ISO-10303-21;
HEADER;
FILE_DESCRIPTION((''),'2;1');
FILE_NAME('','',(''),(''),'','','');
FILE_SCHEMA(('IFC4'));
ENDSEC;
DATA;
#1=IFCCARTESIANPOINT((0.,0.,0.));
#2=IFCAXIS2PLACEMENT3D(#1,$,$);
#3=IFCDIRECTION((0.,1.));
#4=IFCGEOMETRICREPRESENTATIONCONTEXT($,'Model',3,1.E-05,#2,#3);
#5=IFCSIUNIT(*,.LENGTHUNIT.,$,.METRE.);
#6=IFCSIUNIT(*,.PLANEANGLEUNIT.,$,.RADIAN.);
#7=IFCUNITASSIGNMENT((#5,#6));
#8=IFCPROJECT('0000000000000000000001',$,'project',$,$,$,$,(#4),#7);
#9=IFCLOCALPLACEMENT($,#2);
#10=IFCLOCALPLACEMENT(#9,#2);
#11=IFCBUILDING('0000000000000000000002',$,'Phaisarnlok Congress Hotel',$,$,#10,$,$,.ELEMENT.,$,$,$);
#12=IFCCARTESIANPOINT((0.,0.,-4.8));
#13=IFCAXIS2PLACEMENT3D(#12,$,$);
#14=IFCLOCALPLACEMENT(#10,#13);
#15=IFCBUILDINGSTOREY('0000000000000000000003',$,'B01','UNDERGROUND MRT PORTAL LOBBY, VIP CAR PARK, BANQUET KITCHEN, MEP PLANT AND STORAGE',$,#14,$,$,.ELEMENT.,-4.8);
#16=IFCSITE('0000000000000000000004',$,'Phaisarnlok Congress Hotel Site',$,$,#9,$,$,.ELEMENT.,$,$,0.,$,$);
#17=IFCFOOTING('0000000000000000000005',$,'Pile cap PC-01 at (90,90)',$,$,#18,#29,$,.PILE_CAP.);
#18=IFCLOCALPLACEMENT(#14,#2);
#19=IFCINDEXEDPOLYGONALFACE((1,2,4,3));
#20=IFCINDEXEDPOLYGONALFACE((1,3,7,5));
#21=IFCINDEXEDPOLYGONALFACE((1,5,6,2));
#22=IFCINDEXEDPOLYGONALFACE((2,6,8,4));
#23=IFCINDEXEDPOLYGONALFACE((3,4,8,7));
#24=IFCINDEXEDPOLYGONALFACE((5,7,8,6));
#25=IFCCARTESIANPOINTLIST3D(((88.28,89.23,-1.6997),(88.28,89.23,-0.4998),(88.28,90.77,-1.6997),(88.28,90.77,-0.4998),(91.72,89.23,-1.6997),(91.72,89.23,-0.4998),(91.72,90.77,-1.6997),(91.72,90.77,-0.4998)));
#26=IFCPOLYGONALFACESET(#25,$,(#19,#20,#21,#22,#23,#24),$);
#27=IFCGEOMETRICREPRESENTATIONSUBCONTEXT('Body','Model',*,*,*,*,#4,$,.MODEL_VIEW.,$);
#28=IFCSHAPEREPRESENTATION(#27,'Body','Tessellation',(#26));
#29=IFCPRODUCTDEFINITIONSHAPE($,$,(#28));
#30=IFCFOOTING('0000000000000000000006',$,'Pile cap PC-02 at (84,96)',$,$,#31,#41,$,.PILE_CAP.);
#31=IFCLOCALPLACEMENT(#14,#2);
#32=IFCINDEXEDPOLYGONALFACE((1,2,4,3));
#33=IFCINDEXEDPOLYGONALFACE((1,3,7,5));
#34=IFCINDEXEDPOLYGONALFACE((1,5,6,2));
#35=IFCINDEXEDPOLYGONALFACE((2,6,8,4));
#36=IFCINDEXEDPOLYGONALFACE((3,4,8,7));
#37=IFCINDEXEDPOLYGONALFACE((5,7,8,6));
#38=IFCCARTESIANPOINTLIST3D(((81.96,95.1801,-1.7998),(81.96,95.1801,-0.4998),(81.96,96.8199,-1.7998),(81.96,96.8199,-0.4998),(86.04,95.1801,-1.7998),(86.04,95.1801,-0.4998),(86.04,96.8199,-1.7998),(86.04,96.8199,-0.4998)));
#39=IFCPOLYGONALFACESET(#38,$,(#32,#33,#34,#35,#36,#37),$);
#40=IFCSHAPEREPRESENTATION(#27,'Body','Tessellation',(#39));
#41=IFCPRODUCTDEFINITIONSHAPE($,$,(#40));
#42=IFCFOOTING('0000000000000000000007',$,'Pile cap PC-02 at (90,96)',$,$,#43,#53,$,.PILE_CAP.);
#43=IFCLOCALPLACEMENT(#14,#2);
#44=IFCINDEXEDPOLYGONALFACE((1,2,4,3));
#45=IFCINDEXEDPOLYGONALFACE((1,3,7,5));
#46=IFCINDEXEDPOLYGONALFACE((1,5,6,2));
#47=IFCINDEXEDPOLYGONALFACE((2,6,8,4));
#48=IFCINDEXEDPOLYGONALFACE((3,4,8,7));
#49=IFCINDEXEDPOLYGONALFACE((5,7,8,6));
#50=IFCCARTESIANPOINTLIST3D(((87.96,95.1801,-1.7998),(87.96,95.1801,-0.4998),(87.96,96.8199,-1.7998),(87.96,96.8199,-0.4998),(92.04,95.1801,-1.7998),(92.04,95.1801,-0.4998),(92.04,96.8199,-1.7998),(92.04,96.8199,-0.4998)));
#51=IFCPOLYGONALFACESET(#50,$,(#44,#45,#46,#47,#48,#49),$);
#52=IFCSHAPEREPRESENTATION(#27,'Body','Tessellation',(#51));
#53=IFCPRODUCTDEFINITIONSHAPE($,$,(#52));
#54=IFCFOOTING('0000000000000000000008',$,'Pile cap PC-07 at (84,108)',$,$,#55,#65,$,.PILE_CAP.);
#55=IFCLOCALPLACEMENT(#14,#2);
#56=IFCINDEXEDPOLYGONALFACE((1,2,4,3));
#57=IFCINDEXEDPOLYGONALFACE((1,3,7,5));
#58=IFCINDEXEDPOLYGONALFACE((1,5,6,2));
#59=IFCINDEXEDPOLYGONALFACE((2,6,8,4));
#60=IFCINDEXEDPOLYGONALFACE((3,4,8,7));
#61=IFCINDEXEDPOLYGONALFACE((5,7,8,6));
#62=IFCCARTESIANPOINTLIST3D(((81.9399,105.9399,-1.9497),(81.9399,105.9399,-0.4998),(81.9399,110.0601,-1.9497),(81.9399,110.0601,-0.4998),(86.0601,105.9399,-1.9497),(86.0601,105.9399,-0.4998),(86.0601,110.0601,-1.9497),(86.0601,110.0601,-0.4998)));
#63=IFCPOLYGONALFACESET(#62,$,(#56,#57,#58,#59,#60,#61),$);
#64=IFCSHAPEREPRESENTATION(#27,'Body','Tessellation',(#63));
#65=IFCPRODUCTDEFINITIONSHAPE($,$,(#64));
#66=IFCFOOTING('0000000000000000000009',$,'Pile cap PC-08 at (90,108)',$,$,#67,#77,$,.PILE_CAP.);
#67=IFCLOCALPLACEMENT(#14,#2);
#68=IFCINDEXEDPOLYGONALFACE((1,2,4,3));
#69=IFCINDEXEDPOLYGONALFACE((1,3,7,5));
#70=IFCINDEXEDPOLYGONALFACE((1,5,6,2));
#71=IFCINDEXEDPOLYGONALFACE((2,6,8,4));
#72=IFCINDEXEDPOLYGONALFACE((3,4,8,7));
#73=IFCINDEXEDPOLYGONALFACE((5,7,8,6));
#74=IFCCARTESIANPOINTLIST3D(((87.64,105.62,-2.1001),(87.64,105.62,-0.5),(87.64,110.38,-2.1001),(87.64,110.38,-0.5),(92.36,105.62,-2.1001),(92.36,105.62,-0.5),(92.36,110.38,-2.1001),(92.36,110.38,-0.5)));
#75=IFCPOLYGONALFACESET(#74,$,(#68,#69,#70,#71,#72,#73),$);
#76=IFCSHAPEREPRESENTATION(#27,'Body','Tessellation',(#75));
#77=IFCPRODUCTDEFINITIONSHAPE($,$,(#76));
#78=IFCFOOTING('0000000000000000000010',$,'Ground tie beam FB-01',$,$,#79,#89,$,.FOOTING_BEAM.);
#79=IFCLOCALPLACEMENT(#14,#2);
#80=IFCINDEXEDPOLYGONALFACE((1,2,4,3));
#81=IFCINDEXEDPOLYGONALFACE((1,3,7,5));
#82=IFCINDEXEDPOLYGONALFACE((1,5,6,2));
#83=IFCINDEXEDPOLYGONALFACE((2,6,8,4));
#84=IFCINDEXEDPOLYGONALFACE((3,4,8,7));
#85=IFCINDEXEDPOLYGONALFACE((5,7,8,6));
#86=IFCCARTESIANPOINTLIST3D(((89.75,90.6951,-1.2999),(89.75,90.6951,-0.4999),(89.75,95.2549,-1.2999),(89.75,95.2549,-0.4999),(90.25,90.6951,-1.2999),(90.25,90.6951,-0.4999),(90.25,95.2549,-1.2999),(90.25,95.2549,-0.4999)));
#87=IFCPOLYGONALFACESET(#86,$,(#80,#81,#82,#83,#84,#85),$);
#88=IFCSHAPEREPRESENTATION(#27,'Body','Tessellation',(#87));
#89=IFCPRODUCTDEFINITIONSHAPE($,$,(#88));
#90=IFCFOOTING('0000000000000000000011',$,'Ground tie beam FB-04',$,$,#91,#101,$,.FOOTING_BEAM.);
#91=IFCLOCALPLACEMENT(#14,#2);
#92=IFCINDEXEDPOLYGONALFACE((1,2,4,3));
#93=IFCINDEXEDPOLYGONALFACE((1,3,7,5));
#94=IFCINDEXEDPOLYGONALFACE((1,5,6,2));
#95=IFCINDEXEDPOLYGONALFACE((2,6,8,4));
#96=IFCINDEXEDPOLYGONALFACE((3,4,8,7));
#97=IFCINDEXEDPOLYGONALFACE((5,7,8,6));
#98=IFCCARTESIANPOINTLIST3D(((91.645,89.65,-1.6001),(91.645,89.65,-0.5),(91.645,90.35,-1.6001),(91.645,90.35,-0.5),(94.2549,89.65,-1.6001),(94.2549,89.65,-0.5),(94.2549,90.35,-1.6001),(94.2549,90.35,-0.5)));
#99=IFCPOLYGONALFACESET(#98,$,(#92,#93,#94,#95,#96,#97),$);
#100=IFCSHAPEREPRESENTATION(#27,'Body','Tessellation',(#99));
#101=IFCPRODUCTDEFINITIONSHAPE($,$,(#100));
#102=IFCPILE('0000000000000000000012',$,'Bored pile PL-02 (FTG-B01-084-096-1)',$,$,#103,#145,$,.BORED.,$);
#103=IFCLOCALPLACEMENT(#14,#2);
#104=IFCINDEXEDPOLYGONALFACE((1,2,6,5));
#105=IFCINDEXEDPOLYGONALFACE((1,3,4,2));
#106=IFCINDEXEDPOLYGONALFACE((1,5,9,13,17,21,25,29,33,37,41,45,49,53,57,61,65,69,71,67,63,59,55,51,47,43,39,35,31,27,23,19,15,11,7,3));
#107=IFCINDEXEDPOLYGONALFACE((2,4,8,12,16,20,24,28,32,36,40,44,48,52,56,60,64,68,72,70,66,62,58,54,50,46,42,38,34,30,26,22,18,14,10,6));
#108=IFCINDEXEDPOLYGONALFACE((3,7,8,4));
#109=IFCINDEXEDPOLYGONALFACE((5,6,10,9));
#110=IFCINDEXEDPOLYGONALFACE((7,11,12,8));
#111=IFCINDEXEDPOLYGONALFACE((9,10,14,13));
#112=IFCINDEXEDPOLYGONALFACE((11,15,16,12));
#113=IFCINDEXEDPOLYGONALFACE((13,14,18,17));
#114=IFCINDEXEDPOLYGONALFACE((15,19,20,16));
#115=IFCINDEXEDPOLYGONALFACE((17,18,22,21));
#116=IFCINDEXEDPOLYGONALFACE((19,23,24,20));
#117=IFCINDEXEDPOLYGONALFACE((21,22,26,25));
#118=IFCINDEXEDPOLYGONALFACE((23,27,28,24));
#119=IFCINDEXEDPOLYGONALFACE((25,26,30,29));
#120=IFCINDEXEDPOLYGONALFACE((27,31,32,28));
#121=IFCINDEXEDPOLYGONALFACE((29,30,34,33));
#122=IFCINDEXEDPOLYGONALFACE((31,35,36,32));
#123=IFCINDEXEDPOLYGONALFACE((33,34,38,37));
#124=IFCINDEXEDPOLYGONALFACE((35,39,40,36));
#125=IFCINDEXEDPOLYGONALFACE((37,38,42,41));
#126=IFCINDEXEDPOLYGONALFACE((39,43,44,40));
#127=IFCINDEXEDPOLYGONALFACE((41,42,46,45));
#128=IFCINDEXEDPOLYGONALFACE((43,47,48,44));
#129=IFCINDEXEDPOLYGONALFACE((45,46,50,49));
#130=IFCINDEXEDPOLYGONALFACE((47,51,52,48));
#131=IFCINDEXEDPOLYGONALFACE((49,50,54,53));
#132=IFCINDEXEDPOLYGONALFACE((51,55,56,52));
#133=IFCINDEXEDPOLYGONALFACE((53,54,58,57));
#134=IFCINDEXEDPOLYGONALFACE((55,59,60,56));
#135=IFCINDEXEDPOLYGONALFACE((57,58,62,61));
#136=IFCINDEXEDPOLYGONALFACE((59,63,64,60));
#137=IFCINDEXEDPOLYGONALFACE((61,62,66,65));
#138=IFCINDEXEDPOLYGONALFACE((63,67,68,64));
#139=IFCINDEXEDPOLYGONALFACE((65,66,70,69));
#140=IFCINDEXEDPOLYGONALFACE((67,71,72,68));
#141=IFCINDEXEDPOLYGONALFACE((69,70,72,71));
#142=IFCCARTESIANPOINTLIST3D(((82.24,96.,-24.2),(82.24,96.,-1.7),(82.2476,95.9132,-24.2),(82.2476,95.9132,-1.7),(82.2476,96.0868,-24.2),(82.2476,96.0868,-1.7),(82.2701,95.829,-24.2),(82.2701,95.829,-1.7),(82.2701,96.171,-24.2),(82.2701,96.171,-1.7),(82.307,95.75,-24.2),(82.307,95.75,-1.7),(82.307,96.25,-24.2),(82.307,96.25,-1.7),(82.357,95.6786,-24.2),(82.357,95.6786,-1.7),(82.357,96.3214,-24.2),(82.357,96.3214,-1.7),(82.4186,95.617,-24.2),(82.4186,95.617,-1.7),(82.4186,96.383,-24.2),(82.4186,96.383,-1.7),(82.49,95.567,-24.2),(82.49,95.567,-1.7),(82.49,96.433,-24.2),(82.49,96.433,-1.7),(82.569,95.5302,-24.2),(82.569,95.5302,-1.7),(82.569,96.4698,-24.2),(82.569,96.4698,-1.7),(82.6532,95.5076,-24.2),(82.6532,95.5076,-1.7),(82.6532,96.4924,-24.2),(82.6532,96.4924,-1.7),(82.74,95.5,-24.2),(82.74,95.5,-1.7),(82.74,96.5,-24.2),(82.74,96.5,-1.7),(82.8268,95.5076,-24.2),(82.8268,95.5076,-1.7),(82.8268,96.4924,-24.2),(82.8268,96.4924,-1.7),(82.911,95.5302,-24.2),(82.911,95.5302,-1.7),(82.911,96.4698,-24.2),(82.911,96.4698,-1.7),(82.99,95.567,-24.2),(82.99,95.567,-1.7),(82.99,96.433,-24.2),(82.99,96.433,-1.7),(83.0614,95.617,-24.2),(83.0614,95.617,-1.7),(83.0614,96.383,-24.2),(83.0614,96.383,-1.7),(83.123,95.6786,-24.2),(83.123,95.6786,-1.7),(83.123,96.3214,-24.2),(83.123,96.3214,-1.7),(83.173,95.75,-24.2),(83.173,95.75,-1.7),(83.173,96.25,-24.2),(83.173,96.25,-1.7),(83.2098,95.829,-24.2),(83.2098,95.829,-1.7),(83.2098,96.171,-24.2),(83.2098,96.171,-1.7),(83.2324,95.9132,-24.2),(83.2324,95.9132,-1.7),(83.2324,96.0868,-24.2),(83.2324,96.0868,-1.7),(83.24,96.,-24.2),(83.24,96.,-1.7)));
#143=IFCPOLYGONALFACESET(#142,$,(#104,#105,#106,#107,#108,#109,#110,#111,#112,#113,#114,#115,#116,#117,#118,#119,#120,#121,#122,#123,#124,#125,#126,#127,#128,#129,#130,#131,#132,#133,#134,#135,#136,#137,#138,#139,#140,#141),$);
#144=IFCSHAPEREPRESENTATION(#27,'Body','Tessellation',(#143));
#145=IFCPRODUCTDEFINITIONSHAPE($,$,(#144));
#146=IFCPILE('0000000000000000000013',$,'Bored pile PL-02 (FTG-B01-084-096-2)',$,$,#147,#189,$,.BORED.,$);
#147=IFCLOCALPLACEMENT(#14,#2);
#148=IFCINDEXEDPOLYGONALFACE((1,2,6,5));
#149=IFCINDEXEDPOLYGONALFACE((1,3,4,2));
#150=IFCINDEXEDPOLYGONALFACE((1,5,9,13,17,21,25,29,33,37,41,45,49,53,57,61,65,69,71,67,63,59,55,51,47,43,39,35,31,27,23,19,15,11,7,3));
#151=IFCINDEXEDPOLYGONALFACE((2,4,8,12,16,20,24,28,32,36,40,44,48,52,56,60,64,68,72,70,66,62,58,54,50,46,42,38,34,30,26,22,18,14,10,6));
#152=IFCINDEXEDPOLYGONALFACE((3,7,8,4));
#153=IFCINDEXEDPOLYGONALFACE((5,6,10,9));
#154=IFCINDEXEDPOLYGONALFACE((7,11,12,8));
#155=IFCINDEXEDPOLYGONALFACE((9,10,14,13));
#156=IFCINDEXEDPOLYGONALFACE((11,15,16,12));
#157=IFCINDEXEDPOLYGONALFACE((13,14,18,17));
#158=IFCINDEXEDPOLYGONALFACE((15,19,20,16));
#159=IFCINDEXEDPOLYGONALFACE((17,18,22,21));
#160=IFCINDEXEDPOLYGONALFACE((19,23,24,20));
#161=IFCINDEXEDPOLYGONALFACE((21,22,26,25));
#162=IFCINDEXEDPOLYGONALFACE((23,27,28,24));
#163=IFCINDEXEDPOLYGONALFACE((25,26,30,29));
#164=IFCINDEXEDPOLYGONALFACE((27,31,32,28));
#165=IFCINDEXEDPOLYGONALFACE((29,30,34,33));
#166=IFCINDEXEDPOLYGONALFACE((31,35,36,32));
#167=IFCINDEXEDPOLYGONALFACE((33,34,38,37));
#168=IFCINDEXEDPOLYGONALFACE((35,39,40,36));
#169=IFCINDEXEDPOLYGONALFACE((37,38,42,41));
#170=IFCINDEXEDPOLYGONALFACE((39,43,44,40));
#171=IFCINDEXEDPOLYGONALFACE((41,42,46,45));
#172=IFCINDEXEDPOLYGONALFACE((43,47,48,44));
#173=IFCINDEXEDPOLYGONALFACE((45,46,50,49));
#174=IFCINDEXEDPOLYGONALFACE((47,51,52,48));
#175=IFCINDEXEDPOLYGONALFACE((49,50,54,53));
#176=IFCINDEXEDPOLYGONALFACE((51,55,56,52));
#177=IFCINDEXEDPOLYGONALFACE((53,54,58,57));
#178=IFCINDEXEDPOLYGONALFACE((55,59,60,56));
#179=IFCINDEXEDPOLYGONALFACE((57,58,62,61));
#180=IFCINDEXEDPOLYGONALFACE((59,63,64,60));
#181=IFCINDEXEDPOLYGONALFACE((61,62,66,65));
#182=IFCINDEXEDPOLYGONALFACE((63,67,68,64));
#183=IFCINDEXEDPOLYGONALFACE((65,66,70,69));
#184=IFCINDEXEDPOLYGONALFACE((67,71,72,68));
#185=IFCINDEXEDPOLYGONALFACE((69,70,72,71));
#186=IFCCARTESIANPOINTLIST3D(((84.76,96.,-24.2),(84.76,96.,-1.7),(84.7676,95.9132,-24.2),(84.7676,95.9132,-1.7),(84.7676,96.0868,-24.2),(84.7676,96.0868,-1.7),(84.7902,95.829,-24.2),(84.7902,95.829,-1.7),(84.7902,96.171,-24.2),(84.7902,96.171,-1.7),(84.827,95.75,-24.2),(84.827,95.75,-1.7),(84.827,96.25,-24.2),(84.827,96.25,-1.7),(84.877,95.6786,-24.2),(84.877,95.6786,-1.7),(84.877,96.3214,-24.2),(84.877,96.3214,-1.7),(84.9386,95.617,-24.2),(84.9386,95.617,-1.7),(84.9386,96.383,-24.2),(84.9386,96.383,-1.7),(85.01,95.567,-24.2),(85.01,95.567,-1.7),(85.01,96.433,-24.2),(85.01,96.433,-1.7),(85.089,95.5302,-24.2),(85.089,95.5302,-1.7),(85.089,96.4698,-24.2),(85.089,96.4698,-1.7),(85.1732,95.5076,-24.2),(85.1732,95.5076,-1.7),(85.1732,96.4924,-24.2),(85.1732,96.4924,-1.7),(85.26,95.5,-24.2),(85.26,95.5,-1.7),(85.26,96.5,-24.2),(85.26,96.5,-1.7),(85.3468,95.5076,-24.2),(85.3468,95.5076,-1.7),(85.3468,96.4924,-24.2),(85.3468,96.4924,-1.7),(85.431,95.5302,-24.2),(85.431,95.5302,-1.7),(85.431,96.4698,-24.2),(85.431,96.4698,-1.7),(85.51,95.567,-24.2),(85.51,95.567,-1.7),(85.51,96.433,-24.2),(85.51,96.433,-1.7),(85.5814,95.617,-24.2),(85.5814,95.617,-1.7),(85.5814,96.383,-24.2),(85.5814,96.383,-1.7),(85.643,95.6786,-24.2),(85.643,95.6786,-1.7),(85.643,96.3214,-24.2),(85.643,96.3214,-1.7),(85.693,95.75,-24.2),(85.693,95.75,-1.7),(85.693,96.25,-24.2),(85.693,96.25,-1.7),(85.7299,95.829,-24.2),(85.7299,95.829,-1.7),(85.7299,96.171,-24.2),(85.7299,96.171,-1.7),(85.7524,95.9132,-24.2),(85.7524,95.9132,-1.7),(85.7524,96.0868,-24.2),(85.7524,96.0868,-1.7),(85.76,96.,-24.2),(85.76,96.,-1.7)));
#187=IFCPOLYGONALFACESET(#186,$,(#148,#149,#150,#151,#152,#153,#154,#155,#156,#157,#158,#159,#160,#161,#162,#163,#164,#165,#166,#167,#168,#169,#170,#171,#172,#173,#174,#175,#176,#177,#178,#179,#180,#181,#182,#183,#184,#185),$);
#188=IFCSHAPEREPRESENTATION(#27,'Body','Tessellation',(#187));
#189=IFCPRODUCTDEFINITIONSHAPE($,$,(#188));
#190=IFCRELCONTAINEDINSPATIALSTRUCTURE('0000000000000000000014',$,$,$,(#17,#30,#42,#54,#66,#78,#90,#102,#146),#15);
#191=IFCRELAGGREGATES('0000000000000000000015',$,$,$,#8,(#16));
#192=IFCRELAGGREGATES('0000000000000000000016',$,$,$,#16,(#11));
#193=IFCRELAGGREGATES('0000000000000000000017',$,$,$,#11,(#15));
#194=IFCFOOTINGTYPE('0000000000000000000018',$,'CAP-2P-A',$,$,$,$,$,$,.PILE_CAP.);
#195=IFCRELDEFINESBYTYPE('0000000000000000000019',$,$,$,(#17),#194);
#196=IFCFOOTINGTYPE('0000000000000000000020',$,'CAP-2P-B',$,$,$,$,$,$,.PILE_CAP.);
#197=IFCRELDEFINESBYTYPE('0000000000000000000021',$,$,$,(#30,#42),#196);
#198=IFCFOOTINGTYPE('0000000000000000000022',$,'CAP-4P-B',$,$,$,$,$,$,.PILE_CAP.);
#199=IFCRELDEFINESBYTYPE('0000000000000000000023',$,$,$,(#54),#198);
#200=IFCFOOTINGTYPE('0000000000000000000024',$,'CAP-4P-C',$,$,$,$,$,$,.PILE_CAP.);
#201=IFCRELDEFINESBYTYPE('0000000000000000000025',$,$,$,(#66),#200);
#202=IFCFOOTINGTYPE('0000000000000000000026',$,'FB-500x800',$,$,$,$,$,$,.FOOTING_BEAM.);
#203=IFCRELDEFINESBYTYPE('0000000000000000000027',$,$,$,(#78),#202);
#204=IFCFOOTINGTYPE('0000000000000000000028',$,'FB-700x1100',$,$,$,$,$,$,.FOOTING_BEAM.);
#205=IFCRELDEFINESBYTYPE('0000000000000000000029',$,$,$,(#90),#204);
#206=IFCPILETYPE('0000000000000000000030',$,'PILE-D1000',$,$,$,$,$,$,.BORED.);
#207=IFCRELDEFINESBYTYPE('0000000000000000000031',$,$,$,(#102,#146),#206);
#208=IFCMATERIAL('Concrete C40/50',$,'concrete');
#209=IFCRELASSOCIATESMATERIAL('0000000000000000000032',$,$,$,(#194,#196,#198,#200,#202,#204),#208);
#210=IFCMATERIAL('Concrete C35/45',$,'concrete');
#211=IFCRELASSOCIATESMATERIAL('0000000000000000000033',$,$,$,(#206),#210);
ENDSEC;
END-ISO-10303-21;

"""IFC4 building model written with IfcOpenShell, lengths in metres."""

from ifc_helpers import new_model, si_unit, direction, frame, origin, origin_2d, place, context, subcontext, project, spatial, rectangle, circle, extrude, material, material_profile, profile_set, type_object, element, save


model = new_model("IFC4")

# Units and contexts
model_context = context("Model", 3, precision=1e-05, world=origin(), true_north=direction((0.0, 1.0)))
body_context = subcontext(model_context, "Body", "Model", "MODEL_VIEW")
ifc_project = project(units=[si_unit("LENGTHUNIT", "METRE"), si_unit("PLANEANGLEUNIT", "RADIAN")], contexts=[model_context])

# Site, building, storey
site_placement = place(None, origin())
site = spatial("IfcSite", under=ifc_project, at=site_placement, Name="Phaisarnlok Congress Hotel Site", CompositionType="ELEMENT", RefElevation=0.0)
building_placement = place(site_placement, origin())
building = spatial("IfcBuilding", under=site, at=building_placement, Name="Phaisarnlok Congress Hotel", CompositionType="ELEMENT")
storey_placement = place(building_placement, frame((0.0, 0.0, -4.8)))
storey = spatial("IfcBuildingStorey", under=building, at=storey_placement, Name="B01", Description="UNDERGROUND MRT PORTAL LOBBY, VIP CAR PARK, BANQUET KITCHEN, MEP PLANT AND STORAGE", CompositionType="ELEMENT", Elevation=-4.8)

# Footings
ifc_material_1 = material(Name="Concrete C40/50", Category="concrete")
footing_type_1 = type_object("IfcFootingType", Name="CAP-2P-A", PredefinedType="PILE_CAP", material=ifc_material_1)
footing_1_placement = place(storey_placement, frame((90.0, 90.0, -1.6997), z_axis=(0.0, 0.0, 1.0), x_axis=(1.0, 0.0, 0.0)))
element("IfcFooting", 1, at=footing_1_placement, inside=storey, type_object=footing_type_1, Name="Pile cap PC-01 at (90,90)", PredefinedType="PILE_CAP", context=body_context, shape_type="SweptSolid", body=[
    extrude(rectangle(XDim=3.4399, YDim=1.54, at=origin_2d()), origin(), (0.0, 0.0, 1.0), 1.2),
])
footing_type_2 = type_object("IfcFootingType", Name="CAP-2P-B", PredefinedType="PILE_CAP", material=ifc_material_1)
for number, where, z_axis, x_axis, name in (
    (2, (84.0, 96.0, -1.7998), (0.0, 0.0, 1.0), (1.0, 0.0, 0.0), "Pile cap PC-02 at (84,96)"),
    (3, (90.0, 96.0, -1.7998), (0.0, 0.0, 1.0), (1.0, 0.0, 0.0), "Pile cap PC-02 at (90,96)"),
):
    element("IfcFooting", number, at=place(storey_placement, frame(where, z_axis=z_axis, x_axis=x_axis)), inside=storey, type_object=footing_type_2, Name=name, PredefinedType="PILE_CAP", context=body_context, shape_type="SweptSolid", body=[
        extrude(rectangle(XDim=4.0801, YDim=1.6399, at=origin_2d()), origin(), (0.0, 0.0, 1.0), 1.3),
    ])
footing_type_3 = type_object("IfcFootingType", Name="CAP-4P-B", PredefinedType="PILE_CAP", material=ifc_material_1)
footing_2_placement = place(storey_placement, frame((84.0, 108.0, -1.9497), z_axis=(0.0, 0.0, 1.0), x_axis=(1.0, 0.0, 0.0)))
element("IfcFooting", 4, at=footing_2_placement, inside=storey, type_object=footing_type_3, Name="Pile cap PC-07 at (84,108)", PredefinedType="PILE_CAP", context=body_context, shape_type="SweptSolid", body=[
    extrude(rectangle(XDim=4.1201, YDim=4.1201, at=origin_2d()), origin(), (0.0, 0.0, 1.0), 1.45),
])
footing_type_4 = type_object("IfcFootingType", Name="CAP-4P-C", PredefinedType="PILE_CAP", material=ifc_material_1)
footing_3_placement = place(storey_placement, frame((90.0, 108.0, -2.1001), z_axis=(0.0, 0.0, 1.0), x_axis=(1.0, 0.0, 0.0)))
element("IfcFooting", 5, at=footing_3_placement, inside=storey, type_object=footing_type_4, Name="Pile cap PC-08 at (90,108)", PredefinedType="PILE_CAP", context=body_context, shape_type="SweptSolid", body=[
    extrude(rectangle(XDim=4.72, YDim=4.76, at=origin_2d()), origin(), (0.0, 0.0, 1.0), 1.6001),
])
ifc_material_profile_1 = material_profile(ifc_material_1, rectangle(XDim=0.5, YDim=0.8, at=origin_2d()), Name="FB-500x800")
ifc_profile_set_1 = profile_set([ifc_material_profile_1], Name="Concrete C40/50")
footing_type_5 = type_object("IfcFootingType", Name="FB-500x800", PredefinedType="FOOTING_BEAM", material=ifc_profile_set_1)
footing_4_placement = place(storey_placement, frame((90.0, 90.6951, -0.8999), z_axis=(0.0, 1.0, 0.0), x_axis=(-1.0, 0.0, 0.0)))
element("IfcFooting", 6, at=footing_4_placement, inside=storey, type_object=footing_type_5, Name="Ground tie beam FB-01", PredefinedType="FOOTING_BEAM", context=body_context, shape_type="SweptSolid", body=[
    extrude(rectangle(XDim=0.5, YDim=0.8, at=origin_2d()), origin(), (0.0, 0.0, 1.0), 4.5598),
])
ifc_material_profile_2 = material_profile(ifc_material_1, rectangle(XDim=0.7, YDim=1.1001, at=origin_2d()), Name="FB-700x1100")
ifc_profile_set_2 = profile_set([ifc_material_profile_2], Name="Concrete C40/50")
footing_type_6 = type_object("IfcFootingType", Name="FB-700x1100", PredefinedType="FOOTING_BEAM", material=ifc_profile_set_2)
footing_5_placement = place(storey_placement, frame((91.645, 90.0, -1.05), z_axis=(1.0, 0.0, 0.0), x_axis=(0.0, 1.0, 0.0)))
element("IfcFooting", 7, at=footing_5_placement, inside=storey, type_object=footing_type_6, Name="Ground tie beam FB-04", PredefinedType="FOOTING_BEAM", context=body_context, shape_type="SweptSolid", body=[
    extrude(rectangle(XDim=0.7, YDim=1.1001, at=origin_2d()), origin(), (0.0, 0.0, 1.0), 2.6099),
])

# Piles
ifc_material_2 = material(Name="Concrete C35/45", Category="concrete")
ifc_material_profile_3 = material_profile(ifc_material_2, circle(Radius=0.5, at=origin_2d()), Name="BORED PILE D1000")
ifc_profile_set_3 = profile_set([ifc_material_profile_3], Name="Concrete C35/45")
pile_type_1 = type_object("IfcPileType", Name="PILE-D1000", PredefinedType="BORED", material=ifc_profile_set_3)
for number, where, z_axis, x_axis, name in (
    (8, (82.74, 96.0, -1.7), (0.0, 0.0, -1.0), (1.0, 0.0, 0.0), "Bored pile PL-02 (FTG-B01-084-096-1)"),
    (9, (85.26, 96.0, -1.7), (0.0, 0.0, -1.0), (1.0, 0.0, 0.0), "Bored pile PL-02 (FTG-B01-084-096-2)"),
):
    element("IfcPile", number, at=place(storey_placement, frame(where, z_axis=z_axis, x_axis=x_axis)), inside=storey, type_object=pile_type_1, Name=name, PredefinedType="BORED", context=body_context, shape_type="SweptSolid", body=[
        extrude(circle(Radius=0.5, at=origin_2d()), origin(), (0.0, 0.0, 1.0), 22.5),
    ])

save(model, "model.ifc")
